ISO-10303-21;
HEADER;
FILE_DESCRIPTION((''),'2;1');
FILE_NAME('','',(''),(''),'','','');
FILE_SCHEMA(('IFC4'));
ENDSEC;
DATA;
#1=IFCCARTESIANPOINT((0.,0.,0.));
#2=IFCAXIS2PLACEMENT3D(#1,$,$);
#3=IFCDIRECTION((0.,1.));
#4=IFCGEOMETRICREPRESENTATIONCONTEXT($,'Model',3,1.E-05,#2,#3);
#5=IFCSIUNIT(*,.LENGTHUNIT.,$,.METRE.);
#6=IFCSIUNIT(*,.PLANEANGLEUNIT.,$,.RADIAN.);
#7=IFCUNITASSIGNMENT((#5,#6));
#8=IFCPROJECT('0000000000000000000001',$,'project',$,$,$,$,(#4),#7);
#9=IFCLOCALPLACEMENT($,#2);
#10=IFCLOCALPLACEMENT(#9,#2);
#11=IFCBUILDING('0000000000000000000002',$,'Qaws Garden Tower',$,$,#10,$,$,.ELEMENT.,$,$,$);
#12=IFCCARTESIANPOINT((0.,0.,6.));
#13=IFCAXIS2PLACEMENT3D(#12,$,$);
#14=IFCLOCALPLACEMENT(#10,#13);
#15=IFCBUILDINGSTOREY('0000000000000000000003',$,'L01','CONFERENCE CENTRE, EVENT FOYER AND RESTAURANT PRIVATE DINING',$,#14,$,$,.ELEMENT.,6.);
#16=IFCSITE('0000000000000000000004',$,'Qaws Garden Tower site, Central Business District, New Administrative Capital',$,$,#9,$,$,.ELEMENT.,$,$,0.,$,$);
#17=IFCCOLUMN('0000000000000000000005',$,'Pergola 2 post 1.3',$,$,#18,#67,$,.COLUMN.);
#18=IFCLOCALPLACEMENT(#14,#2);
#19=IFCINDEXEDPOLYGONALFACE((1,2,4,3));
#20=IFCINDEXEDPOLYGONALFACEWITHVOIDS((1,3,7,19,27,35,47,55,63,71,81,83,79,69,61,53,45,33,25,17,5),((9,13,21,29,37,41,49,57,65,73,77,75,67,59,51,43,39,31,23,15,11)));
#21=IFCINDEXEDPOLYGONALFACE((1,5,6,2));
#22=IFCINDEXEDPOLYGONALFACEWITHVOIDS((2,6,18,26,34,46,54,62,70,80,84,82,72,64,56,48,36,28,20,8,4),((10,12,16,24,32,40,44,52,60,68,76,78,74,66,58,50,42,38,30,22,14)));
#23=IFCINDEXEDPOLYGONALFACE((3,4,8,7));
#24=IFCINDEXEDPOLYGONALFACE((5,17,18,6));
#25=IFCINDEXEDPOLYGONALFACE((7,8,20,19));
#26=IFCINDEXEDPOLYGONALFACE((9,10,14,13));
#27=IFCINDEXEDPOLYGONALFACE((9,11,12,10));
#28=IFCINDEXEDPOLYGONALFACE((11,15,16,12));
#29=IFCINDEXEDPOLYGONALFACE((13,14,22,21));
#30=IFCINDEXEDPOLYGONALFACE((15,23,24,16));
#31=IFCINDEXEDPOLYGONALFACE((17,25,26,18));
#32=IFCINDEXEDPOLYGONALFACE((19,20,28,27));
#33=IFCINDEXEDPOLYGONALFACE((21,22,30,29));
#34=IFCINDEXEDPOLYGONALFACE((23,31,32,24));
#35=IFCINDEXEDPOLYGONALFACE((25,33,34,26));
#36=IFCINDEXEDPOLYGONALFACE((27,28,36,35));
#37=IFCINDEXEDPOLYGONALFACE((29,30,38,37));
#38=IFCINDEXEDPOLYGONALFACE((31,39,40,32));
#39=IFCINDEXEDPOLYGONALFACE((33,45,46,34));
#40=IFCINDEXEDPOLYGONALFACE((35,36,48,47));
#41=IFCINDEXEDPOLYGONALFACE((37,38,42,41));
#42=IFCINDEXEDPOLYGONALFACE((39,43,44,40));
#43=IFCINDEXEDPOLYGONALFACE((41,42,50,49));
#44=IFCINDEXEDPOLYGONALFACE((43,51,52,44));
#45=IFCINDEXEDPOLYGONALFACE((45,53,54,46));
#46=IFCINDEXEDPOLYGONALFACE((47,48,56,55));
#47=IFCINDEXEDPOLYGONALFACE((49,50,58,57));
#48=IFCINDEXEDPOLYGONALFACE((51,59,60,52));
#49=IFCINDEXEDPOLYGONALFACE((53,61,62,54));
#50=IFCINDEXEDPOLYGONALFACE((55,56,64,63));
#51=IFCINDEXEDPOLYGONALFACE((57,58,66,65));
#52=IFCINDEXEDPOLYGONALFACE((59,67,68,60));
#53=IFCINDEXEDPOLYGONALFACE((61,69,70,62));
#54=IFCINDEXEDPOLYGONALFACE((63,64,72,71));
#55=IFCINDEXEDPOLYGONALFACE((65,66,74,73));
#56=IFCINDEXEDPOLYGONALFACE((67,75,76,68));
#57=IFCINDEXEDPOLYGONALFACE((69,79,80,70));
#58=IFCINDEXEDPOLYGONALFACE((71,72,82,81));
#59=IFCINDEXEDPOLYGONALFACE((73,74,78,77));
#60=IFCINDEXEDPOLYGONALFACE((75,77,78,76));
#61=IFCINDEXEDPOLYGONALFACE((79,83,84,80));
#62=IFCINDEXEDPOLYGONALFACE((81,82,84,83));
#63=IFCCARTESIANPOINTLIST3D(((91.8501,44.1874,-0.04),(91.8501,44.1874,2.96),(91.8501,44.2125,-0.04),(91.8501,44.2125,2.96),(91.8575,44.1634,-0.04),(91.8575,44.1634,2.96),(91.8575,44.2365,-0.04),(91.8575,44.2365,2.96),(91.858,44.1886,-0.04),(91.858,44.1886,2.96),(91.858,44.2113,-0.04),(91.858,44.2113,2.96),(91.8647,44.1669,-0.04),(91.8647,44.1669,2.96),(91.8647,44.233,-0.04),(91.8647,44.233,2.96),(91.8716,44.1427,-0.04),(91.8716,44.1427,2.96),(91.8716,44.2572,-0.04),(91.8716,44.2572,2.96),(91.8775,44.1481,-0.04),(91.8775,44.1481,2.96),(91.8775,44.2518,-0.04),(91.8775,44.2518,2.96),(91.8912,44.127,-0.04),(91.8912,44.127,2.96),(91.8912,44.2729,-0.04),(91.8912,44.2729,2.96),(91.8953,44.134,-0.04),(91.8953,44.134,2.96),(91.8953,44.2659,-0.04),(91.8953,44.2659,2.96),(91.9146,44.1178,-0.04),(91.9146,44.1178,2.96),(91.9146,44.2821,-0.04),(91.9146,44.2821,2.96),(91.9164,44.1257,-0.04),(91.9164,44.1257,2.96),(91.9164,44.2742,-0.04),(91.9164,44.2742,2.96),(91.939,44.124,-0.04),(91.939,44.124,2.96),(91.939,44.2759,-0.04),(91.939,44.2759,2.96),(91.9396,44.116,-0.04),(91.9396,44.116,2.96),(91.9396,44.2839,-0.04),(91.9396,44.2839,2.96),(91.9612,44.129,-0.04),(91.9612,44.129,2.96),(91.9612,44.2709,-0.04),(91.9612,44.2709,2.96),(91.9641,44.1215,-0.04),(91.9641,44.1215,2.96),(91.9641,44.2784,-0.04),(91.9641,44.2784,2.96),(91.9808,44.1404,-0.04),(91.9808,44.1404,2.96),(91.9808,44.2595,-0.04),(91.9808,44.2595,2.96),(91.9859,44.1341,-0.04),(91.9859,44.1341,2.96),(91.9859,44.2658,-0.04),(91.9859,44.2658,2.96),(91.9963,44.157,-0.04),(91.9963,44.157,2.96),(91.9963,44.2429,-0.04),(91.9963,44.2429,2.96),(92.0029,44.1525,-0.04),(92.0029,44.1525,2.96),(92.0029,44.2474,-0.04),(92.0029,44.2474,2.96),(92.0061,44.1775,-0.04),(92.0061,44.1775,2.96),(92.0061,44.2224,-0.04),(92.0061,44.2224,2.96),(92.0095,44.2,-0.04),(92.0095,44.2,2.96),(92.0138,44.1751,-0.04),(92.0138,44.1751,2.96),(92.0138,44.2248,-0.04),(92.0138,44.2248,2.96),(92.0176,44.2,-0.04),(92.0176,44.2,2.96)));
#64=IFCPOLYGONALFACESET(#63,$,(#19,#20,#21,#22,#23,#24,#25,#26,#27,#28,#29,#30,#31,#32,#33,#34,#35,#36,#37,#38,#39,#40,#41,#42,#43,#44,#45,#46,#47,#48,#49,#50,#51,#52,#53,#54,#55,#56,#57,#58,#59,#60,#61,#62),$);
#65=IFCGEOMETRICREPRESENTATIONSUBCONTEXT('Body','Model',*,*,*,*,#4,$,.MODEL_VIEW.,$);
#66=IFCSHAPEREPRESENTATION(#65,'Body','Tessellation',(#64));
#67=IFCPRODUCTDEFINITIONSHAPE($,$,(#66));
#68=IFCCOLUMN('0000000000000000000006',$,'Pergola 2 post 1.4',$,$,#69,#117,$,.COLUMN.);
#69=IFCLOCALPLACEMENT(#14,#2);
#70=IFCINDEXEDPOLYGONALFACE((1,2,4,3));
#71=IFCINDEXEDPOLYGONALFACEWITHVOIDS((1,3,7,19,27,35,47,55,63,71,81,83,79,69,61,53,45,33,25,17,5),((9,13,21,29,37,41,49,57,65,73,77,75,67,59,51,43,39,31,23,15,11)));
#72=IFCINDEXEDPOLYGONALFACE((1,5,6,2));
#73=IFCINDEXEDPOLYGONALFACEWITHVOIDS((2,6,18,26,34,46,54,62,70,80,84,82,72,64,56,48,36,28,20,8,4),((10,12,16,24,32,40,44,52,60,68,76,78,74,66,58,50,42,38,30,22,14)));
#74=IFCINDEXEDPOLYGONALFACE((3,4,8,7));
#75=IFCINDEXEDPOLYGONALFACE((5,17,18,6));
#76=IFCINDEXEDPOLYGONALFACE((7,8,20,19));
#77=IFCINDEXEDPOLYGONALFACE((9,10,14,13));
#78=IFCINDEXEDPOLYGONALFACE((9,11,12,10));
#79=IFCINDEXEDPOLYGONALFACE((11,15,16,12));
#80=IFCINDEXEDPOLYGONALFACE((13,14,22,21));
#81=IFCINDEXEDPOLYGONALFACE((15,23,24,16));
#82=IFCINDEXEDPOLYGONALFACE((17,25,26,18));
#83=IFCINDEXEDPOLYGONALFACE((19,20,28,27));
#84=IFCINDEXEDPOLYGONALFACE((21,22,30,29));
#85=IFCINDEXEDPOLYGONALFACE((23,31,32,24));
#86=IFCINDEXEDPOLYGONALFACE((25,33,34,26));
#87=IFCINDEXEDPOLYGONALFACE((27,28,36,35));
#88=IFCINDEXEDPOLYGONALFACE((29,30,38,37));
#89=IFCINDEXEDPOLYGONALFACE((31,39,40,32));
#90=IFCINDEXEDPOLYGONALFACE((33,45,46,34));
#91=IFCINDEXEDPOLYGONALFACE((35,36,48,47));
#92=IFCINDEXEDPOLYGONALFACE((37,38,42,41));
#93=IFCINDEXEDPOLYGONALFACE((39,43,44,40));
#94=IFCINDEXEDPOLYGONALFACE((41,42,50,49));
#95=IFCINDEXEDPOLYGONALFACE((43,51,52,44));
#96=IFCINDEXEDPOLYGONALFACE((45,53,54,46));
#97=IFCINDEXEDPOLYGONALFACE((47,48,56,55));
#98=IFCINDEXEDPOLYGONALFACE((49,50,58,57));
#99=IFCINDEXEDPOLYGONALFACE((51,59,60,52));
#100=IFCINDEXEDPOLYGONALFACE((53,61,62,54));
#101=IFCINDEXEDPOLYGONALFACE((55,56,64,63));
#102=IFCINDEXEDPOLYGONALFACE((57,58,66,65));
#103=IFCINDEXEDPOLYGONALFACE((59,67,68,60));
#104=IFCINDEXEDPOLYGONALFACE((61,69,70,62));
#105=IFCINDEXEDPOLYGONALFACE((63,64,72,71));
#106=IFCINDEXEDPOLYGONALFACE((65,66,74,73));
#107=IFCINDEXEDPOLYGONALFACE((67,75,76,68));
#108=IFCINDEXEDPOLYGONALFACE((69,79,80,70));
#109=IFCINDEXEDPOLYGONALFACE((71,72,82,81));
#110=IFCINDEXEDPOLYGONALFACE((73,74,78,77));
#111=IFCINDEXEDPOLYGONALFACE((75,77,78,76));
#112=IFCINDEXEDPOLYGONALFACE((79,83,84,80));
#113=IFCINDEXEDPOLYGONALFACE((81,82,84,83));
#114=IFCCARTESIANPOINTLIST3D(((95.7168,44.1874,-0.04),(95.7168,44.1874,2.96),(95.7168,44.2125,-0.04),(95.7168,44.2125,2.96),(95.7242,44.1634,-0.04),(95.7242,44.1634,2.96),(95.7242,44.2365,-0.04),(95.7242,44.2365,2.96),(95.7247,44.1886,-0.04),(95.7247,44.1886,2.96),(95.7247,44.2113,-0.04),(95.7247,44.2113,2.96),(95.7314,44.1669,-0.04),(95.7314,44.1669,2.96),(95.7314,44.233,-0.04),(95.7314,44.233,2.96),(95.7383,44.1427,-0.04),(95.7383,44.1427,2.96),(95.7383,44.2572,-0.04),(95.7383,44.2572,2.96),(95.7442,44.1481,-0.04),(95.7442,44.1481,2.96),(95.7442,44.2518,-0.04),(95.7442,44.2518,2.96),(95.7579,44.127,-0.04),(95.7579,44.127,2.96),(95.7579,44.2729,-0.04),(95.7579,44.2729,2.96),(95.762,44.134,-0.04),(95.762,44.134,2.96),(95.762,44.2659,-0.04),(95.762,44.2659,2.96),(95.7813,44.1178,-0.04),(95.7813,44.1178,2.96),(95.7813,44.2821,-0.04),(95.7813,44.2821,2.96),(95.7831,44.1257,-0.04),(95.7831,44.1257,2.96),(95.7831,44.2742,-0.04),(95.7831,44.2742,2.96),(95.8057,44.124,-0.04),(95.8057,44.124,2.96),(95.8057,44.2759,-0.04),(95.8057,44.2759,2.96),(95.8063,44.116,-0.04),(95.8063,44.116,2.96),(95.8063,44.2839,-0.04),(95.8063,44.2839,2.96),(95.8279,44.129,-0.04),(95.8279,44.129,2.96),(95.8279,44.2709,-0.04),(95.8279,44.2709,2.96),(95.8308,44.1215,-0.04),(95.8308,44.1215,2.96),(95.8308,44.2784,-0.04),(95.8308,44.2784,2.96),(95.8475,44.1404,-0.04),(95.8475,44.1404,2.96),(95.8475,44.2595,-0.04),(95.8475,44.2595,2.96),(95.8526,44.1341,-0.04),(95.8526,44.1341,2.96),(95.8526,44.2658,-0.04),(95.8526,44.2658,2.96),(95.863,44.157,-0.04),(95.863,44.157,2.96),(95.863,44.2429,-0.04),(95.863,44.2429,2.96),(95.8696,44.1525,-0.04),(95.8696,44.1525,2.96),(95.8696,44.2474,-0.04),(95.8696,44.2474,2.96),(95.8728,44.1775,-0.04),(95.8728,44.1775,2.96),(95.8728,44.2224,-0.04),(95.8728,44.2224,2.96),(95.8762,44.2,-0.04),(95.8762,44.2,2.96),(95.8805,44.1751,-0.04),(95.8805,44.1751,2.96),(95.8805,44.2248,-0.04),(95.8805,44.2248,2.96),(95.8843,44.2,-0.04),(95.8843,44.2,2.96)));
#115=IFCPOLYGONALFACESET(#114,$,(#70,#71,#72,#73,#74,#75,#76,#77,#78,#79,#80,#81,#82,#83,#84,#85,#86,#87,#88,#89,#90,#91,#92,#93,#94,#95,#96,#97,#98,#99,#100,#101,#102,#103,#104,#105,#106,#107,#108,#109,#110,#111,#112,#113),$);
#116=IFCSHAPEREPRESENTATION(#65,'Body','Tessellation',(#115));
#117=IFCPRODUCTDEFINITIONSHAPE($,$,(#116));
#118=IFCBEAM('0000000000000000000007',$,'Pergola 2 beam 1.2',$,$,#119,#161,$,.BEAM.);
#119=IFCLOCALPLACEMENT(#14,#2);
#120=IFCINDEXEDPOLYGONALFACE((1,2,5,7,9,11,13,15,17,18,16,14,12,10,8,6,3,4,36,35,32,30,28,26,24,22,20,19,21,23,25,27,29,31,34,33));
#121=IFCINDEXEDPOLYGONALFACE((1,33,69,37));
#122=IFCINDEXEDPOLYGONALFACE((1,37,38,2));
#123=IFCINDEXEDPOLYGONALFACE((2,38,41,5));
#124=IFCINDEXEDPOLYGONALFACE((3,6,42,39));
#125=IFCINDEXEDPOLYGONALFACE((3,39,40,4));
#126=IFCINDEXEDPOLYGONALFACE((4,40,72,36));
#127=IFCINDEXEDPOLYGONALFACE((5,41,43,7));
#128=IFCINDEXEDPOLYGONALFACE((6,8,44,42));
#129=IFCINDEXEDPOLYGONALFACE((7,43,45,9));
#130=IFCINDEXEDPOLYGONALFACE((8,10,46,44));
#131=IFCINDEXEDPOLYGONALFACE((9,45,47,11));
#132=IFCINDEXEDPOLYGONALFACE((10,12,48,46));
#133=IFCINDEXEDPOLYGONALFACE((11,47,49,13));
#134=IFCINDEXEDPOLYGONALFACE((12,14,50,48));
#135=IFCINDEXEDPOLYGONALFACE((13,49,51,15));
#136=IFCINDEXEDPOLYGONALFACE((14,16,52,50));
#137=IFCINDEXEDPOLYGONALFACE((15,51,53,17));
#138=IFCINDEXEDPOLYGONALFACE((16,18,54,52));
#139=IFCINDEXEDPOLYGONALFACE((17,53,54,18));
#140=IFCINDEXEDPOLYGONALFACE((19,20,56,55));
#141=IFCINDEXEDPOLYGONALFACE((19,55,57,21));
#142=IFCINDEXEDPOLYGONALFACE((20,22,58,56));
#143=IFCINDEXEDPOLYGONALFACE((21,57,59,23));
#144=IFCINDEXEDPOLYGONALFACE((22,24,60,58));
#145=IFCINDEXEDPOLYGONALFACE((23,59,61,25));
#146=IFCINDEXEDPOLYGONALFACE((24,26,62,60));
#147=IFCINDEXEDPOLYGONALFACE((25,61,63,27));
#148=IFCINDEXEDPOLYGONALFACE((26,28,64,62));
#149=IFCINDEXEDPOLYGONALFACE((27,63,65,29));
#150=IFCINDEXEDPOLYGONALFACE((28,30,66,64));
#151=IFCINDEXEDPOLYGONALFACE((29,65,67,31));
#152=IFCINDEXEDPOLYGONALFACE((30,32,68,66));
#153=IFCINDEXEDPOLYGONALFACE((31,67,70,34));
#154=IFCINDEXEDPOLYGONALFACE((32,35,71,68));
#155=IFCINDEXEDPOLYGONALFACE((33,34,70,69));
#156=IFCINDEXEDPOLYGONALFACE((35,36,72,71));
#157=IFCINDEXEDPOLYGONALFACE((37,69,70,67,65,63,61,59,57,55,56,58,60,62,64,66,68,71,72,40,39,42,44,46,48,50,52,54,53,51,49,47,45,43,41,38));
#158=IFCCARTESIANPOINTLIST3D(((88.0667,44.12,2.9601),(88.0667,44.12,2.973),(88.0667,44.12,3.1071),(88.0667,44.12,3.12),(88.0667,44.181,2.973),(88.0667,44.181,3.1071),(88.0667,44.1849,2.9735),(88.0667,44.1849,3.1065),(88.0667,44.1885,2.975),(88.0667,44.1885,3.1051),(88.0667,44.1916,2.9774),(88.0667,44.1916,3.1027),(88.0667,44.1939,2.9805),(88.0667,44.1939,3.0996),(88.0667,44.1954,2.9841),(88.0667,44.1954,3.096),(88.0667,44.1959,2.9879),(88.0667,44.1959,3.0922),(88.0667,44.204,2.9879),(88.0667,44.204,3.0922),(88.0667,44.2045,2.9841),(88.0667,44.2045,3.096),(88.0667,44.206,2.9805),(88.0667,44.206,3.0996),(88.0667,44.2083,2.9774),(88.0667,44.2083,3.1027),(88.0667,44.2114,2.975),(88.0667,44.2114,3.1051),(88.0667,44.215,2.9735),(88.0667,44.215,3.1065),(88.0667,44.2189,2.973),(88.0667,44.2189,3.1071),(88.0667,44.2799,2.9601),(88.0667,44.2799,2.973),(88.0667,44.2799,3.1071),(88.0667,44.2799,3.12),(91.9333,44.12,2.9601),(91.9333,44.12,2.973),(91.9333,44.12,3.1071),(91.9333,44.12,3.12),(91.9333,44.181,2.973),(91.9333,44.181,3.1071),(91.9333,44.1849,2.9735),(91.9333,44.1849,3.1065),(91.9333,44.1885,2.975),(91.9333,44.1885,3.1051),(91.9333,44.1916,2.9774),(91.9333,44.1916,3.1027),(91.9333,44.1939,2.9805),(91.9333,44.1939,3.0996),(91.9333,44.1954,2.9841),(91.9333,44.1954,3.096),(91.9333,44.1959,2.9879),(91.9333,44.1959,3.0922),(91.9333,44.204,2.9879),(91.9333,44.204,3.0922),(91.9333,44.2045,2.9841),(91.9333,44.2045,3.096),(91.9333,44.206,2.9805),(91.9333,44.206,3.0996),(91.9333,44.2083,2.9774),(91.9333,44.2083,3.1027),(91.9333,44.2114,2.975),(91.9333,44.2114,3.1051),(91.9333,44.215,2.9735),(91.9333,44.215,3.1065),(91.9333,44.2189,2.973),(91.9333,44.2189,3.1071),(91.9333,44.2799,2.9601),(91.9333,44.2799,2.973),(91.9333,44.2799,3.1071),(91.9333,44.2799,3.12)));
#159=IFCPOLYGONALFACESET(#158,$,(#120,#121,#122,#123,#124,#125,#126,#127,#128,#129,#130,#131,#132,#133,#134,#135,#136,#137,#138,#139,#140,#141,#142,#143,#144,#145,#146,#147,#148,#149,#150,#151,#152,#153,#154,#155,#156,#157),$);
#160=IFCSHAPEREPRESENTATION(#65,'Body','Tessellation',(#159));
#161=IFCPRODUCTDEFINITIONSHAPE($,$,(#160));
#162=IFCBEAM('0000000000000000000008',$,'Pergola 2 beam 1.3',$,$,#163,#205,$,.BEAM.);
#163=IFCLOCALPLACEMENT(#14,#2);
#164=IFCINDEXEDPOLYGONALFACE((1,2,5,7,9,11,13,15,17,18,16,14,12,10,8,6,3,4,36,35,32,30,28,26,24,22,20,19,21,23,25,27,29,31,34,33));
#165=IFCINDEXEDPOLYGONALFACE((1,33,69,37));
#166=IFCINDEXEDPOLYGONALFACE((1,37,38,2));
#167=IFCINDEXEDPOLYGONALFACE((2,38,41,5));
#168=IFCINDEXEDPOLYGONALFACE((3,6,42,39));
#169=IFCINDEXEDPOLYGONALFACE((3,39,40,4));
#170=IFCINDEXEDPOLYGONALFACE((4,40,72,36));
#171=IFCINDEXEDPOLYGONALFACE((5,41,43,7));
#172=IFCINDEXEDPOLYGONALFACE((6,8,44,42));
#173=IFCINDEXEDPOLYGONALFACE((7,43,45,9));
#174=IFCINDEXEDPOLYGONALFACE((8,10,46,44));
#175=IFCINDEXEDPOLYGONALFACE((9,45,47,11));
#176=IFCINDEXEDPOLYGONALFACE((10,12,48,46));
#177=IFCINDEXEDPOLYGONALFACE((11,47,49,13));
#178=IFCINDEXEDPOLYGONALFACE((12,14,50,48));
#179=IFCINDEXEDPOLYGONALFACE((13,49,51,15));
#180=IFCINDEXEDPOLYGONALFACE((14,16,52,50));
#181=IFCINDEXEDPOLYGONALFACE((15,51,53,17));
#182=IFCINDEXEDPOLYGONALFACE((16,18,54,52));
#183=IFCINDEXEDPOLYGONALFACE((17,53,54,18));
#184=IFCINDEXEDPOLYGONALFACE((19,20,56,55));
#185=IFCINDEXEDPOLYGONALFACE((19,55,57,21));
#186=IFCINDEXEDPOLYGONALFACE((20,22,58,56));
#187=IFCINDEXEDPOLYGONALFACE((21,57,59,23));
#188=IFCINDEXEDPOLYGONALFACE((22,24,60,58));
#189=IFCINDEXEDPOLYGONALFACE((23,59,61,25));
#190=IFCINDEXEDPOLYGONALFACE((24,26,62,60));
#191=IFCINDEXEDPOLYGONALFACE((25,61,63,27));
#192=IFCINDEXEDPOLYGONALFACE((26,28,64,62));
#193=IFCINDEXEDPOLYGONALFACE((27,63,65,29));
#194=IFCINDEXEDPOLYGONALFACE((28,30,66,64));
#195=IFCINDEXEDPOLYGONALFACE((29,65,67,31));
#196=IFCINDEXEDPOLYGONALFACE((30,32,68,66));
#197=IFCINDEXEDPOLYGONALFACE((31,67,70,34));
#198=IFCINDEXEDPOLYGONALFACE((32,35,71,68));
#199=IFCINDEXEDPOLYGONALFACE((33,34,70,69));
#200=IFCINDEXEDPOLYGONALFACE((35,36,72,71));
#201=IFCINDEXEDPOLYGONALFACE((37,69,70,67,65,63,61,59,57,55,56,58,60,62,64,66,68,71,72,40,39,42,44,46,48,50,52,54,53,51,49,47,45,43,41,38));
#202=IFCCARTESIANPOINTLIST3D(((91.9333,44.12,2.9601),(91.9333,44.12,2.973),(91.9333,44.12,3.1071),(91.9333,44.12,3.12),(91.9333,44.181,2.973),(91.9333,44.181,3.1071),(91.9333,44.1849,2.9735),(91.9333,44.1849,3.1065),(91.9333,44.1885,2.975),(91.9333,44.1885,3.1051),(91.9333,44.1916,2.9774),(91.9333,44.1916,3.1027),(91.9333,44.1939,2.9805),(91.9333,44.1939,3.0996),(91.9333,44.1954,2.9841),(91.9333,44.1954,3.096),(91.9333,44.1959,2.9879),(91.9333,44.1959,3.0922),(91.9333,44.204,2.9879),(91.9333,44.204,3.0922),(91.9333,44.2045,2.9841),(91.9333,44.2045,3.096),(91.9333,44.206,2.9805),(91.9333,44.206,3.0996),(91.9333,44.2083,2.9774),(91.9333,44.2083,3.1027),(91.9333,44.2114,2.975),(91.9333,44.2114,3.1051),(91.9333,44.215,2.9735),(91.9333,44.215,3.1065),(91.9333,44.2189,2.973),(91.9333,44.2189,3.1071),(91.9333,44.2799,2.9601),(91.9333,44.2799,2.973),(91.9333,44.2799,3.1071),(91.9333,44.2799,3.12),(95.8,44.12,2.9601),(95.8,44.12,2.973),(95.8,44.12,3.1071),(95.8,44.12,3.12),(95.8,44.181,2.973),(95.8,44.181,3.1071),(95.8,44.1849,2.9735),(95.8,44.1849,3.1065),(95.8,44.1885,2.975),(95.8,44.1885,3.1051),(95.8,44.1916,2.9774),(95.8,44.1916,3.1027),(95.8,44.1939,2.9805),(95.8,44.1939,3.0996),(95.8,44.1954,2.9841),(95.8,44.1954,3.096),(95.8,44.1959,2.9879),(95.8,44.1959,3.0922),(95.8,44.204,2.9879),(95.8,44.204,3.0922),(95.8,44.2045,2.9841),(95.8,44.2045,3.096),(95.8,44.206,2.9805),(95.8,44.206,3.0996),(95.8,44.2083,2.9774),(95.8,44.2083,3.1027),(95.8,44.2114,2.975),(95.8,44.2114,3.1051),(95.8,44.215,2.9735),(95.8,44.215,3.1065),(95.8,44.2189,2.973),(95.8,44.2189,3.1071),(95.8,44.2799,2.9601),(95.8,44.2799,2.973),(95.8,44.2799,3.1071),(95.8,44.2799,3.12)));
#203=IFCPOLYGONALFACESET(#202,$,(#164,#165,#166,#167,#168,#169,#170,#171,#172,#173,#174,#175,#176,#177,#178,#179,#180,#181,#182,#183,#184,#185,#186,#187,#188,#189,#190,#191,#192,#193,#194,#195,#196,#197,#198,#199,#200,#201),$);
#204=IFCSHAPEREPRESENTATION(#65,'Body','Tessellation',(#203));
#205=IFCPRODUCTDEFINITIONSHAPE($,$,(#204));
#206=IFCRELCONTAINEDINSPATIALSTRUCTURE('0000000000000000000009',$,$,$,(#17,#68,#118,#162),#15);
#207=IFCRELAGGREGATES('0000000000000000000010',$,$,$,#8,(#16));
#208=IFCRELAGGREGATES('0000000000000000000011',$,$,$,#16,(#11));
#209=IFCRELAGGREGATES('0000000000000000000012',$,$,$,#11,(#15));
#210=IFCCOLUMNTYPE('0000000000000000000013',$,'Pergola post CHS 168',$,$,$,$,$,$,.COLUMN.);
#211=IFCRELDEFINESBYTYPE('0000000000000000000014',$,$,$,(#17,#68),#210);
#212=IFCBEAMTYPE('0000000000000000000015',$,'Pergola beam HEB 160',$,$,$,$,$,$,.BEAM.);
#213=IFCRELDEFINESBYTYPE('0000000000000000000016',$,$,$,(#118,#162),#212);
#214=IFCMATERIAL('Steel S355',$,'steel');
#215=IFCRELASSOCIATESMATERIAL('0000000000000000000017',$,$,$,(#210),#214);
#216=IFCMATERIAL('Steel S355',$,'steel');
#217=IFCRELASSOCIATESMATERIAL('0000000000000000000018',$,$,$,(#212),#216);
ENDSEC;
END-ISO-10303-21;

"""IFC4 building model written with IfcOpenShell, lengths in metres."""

from ifc_helpers import new_model, si_unit, direction, frame, origin, origin_2d, place, context, subcontext, project, spatial, hollow_circle, i_section, extrude, material, material_profile, profile_set, type_object, element, save


model = new_model("IFC4")

# Units and contexts
model_context = context("Model", 3, precision=1e-05, world=origin(), true_north=direction((0.0, 1.0)))
body_context = subcontext(model_context, "Body", "Model", "MODEL_VIEW")
ifc_project = project(units=[si_unit("LENGTHUNIT", "METRE"), si_unit("PLANEANGLEUNIT", "RADIAN")], contexts=[model_context])

# Site, building, storey
site_placement = place(None, origin())
site = spatial("IfcSite", under=ifc_project, at=site_placement, Name="Qaws Garden Tower site, Central Business District, New Administrative Capital", CompositionType="ELEMENT", RefElevation=0.0)
building_placement = place(site_placement, origin())
building = spatial("IfcBuilding", under=site, at=building_placement, Name="Qaws Garden Tower", CompositionType="ELEMENT")
storey_placement = place(building_placement, frame((0.0, 0.0, 6.0)))
storey = spatial("IfcBuildingStorey", under=building, at=storey_placement, Name="L01", Description="CONFERENCE CENTRE, EVENT FOYER AND RESTAURANT PRIVATE DINING", CompositionType="ELEMENT", Elevation=6.0)

# Columns
ifc_material_1 = material(Name="Steel S355", Category="steel")
ifc_material_profile_1 = material_profile(ifc_material_1, hollow_circle(Radius=0.0842, WallThickness=0.0081, at=origin_2d()), Name="Pergola post CHS 168")
ifc_profile_set_1 = profile_set([ifc_material_profile_1], Name="Steel S355")
column_type = type_object("IfcColumnType", Name="Pergola post CHS 168", PredefinedType="COLUMN", material=ifc_profile_set_1)
for number, where, z_axis, x_axis, name in (
    (1, (91.9333, 44.2, -0.04), (0.0, 0.0, 1.0), (1.0, 0.0, 0.0), "Pergola 2 post 1.3"),
    (2, (95.8, 44.2, -0.04), (0.0, 0.0, 1.0), (1.0, 0.0, 0.0), "Pergola 2 post 1.4"),
):
    element("IfcColumn", number, at=place(storey_placement, frame(where, z_axis=z_axis, x_axis=x_axis)), inside=storey, type_object=column_type, Name=name, PredefinedType="COLUMN", context=body_context, shape_type="SweptSolid", body=[
        extrude(hollow_circle(Radius=0.0842, WallThickness=0.0081, at=origin_2d()), origin(), (0.0, 0.0, 1.0), 3.0),
    ])

# Beams
ifc_material_2 = material(Name="Steel S355", Category="steel")
ifc_material_profile_2 = material_profile(ifc_material_2, i_section(OverallWidth=0.1599, OverallDepth=0.1599, WebThickness=0.0081, FlangeThickness=0.0129, FilletRadius=0.0149, at=origin_2d()), Name="HEB 160")
ifc_profile_set_2 = profile_set([ifc_material_profile_2], Name="Steel S355")
beam_type = type_object("IfcBeamType", Name="Pergola beam HEB 160", PredefinedType="BEAM", material=ifc_profile_set_2)
for number, where, z_axis, x_axis, name in (
    (3, (88.0667, 44.2, 3.04), (1.0, 0.0, 0.0), (0.0, 1.0, 0.0), "Pergola 2 beam 1.2"),
    (4, (91.9333, 44.2, 3.04), (1.0, 0.0, 0.0), (0.0, 1.0, 0.0), "Pergola 2 beam 1.3"),
):
    element("IfcBeam", number, at=place(storey_placement, frame(where, z_axis=z_axis, x_axis=x_axis)), inside=storey, type_object=beam_type, Name=name, PredefinedType="BEAM", context=body_context, shape_type="SweptSolid", body=[
        extrude(i_section(OverallWidth=0.1599, OverallDepth=0.1599, WebThickness=0.0081, FlangeThickness=0.0129, FilletRadius=0.0149, at=origin_2d()), origin(), (0.0, 0.0, 1.0), 3.8667),
    ])

save(model, "model.ifc")
